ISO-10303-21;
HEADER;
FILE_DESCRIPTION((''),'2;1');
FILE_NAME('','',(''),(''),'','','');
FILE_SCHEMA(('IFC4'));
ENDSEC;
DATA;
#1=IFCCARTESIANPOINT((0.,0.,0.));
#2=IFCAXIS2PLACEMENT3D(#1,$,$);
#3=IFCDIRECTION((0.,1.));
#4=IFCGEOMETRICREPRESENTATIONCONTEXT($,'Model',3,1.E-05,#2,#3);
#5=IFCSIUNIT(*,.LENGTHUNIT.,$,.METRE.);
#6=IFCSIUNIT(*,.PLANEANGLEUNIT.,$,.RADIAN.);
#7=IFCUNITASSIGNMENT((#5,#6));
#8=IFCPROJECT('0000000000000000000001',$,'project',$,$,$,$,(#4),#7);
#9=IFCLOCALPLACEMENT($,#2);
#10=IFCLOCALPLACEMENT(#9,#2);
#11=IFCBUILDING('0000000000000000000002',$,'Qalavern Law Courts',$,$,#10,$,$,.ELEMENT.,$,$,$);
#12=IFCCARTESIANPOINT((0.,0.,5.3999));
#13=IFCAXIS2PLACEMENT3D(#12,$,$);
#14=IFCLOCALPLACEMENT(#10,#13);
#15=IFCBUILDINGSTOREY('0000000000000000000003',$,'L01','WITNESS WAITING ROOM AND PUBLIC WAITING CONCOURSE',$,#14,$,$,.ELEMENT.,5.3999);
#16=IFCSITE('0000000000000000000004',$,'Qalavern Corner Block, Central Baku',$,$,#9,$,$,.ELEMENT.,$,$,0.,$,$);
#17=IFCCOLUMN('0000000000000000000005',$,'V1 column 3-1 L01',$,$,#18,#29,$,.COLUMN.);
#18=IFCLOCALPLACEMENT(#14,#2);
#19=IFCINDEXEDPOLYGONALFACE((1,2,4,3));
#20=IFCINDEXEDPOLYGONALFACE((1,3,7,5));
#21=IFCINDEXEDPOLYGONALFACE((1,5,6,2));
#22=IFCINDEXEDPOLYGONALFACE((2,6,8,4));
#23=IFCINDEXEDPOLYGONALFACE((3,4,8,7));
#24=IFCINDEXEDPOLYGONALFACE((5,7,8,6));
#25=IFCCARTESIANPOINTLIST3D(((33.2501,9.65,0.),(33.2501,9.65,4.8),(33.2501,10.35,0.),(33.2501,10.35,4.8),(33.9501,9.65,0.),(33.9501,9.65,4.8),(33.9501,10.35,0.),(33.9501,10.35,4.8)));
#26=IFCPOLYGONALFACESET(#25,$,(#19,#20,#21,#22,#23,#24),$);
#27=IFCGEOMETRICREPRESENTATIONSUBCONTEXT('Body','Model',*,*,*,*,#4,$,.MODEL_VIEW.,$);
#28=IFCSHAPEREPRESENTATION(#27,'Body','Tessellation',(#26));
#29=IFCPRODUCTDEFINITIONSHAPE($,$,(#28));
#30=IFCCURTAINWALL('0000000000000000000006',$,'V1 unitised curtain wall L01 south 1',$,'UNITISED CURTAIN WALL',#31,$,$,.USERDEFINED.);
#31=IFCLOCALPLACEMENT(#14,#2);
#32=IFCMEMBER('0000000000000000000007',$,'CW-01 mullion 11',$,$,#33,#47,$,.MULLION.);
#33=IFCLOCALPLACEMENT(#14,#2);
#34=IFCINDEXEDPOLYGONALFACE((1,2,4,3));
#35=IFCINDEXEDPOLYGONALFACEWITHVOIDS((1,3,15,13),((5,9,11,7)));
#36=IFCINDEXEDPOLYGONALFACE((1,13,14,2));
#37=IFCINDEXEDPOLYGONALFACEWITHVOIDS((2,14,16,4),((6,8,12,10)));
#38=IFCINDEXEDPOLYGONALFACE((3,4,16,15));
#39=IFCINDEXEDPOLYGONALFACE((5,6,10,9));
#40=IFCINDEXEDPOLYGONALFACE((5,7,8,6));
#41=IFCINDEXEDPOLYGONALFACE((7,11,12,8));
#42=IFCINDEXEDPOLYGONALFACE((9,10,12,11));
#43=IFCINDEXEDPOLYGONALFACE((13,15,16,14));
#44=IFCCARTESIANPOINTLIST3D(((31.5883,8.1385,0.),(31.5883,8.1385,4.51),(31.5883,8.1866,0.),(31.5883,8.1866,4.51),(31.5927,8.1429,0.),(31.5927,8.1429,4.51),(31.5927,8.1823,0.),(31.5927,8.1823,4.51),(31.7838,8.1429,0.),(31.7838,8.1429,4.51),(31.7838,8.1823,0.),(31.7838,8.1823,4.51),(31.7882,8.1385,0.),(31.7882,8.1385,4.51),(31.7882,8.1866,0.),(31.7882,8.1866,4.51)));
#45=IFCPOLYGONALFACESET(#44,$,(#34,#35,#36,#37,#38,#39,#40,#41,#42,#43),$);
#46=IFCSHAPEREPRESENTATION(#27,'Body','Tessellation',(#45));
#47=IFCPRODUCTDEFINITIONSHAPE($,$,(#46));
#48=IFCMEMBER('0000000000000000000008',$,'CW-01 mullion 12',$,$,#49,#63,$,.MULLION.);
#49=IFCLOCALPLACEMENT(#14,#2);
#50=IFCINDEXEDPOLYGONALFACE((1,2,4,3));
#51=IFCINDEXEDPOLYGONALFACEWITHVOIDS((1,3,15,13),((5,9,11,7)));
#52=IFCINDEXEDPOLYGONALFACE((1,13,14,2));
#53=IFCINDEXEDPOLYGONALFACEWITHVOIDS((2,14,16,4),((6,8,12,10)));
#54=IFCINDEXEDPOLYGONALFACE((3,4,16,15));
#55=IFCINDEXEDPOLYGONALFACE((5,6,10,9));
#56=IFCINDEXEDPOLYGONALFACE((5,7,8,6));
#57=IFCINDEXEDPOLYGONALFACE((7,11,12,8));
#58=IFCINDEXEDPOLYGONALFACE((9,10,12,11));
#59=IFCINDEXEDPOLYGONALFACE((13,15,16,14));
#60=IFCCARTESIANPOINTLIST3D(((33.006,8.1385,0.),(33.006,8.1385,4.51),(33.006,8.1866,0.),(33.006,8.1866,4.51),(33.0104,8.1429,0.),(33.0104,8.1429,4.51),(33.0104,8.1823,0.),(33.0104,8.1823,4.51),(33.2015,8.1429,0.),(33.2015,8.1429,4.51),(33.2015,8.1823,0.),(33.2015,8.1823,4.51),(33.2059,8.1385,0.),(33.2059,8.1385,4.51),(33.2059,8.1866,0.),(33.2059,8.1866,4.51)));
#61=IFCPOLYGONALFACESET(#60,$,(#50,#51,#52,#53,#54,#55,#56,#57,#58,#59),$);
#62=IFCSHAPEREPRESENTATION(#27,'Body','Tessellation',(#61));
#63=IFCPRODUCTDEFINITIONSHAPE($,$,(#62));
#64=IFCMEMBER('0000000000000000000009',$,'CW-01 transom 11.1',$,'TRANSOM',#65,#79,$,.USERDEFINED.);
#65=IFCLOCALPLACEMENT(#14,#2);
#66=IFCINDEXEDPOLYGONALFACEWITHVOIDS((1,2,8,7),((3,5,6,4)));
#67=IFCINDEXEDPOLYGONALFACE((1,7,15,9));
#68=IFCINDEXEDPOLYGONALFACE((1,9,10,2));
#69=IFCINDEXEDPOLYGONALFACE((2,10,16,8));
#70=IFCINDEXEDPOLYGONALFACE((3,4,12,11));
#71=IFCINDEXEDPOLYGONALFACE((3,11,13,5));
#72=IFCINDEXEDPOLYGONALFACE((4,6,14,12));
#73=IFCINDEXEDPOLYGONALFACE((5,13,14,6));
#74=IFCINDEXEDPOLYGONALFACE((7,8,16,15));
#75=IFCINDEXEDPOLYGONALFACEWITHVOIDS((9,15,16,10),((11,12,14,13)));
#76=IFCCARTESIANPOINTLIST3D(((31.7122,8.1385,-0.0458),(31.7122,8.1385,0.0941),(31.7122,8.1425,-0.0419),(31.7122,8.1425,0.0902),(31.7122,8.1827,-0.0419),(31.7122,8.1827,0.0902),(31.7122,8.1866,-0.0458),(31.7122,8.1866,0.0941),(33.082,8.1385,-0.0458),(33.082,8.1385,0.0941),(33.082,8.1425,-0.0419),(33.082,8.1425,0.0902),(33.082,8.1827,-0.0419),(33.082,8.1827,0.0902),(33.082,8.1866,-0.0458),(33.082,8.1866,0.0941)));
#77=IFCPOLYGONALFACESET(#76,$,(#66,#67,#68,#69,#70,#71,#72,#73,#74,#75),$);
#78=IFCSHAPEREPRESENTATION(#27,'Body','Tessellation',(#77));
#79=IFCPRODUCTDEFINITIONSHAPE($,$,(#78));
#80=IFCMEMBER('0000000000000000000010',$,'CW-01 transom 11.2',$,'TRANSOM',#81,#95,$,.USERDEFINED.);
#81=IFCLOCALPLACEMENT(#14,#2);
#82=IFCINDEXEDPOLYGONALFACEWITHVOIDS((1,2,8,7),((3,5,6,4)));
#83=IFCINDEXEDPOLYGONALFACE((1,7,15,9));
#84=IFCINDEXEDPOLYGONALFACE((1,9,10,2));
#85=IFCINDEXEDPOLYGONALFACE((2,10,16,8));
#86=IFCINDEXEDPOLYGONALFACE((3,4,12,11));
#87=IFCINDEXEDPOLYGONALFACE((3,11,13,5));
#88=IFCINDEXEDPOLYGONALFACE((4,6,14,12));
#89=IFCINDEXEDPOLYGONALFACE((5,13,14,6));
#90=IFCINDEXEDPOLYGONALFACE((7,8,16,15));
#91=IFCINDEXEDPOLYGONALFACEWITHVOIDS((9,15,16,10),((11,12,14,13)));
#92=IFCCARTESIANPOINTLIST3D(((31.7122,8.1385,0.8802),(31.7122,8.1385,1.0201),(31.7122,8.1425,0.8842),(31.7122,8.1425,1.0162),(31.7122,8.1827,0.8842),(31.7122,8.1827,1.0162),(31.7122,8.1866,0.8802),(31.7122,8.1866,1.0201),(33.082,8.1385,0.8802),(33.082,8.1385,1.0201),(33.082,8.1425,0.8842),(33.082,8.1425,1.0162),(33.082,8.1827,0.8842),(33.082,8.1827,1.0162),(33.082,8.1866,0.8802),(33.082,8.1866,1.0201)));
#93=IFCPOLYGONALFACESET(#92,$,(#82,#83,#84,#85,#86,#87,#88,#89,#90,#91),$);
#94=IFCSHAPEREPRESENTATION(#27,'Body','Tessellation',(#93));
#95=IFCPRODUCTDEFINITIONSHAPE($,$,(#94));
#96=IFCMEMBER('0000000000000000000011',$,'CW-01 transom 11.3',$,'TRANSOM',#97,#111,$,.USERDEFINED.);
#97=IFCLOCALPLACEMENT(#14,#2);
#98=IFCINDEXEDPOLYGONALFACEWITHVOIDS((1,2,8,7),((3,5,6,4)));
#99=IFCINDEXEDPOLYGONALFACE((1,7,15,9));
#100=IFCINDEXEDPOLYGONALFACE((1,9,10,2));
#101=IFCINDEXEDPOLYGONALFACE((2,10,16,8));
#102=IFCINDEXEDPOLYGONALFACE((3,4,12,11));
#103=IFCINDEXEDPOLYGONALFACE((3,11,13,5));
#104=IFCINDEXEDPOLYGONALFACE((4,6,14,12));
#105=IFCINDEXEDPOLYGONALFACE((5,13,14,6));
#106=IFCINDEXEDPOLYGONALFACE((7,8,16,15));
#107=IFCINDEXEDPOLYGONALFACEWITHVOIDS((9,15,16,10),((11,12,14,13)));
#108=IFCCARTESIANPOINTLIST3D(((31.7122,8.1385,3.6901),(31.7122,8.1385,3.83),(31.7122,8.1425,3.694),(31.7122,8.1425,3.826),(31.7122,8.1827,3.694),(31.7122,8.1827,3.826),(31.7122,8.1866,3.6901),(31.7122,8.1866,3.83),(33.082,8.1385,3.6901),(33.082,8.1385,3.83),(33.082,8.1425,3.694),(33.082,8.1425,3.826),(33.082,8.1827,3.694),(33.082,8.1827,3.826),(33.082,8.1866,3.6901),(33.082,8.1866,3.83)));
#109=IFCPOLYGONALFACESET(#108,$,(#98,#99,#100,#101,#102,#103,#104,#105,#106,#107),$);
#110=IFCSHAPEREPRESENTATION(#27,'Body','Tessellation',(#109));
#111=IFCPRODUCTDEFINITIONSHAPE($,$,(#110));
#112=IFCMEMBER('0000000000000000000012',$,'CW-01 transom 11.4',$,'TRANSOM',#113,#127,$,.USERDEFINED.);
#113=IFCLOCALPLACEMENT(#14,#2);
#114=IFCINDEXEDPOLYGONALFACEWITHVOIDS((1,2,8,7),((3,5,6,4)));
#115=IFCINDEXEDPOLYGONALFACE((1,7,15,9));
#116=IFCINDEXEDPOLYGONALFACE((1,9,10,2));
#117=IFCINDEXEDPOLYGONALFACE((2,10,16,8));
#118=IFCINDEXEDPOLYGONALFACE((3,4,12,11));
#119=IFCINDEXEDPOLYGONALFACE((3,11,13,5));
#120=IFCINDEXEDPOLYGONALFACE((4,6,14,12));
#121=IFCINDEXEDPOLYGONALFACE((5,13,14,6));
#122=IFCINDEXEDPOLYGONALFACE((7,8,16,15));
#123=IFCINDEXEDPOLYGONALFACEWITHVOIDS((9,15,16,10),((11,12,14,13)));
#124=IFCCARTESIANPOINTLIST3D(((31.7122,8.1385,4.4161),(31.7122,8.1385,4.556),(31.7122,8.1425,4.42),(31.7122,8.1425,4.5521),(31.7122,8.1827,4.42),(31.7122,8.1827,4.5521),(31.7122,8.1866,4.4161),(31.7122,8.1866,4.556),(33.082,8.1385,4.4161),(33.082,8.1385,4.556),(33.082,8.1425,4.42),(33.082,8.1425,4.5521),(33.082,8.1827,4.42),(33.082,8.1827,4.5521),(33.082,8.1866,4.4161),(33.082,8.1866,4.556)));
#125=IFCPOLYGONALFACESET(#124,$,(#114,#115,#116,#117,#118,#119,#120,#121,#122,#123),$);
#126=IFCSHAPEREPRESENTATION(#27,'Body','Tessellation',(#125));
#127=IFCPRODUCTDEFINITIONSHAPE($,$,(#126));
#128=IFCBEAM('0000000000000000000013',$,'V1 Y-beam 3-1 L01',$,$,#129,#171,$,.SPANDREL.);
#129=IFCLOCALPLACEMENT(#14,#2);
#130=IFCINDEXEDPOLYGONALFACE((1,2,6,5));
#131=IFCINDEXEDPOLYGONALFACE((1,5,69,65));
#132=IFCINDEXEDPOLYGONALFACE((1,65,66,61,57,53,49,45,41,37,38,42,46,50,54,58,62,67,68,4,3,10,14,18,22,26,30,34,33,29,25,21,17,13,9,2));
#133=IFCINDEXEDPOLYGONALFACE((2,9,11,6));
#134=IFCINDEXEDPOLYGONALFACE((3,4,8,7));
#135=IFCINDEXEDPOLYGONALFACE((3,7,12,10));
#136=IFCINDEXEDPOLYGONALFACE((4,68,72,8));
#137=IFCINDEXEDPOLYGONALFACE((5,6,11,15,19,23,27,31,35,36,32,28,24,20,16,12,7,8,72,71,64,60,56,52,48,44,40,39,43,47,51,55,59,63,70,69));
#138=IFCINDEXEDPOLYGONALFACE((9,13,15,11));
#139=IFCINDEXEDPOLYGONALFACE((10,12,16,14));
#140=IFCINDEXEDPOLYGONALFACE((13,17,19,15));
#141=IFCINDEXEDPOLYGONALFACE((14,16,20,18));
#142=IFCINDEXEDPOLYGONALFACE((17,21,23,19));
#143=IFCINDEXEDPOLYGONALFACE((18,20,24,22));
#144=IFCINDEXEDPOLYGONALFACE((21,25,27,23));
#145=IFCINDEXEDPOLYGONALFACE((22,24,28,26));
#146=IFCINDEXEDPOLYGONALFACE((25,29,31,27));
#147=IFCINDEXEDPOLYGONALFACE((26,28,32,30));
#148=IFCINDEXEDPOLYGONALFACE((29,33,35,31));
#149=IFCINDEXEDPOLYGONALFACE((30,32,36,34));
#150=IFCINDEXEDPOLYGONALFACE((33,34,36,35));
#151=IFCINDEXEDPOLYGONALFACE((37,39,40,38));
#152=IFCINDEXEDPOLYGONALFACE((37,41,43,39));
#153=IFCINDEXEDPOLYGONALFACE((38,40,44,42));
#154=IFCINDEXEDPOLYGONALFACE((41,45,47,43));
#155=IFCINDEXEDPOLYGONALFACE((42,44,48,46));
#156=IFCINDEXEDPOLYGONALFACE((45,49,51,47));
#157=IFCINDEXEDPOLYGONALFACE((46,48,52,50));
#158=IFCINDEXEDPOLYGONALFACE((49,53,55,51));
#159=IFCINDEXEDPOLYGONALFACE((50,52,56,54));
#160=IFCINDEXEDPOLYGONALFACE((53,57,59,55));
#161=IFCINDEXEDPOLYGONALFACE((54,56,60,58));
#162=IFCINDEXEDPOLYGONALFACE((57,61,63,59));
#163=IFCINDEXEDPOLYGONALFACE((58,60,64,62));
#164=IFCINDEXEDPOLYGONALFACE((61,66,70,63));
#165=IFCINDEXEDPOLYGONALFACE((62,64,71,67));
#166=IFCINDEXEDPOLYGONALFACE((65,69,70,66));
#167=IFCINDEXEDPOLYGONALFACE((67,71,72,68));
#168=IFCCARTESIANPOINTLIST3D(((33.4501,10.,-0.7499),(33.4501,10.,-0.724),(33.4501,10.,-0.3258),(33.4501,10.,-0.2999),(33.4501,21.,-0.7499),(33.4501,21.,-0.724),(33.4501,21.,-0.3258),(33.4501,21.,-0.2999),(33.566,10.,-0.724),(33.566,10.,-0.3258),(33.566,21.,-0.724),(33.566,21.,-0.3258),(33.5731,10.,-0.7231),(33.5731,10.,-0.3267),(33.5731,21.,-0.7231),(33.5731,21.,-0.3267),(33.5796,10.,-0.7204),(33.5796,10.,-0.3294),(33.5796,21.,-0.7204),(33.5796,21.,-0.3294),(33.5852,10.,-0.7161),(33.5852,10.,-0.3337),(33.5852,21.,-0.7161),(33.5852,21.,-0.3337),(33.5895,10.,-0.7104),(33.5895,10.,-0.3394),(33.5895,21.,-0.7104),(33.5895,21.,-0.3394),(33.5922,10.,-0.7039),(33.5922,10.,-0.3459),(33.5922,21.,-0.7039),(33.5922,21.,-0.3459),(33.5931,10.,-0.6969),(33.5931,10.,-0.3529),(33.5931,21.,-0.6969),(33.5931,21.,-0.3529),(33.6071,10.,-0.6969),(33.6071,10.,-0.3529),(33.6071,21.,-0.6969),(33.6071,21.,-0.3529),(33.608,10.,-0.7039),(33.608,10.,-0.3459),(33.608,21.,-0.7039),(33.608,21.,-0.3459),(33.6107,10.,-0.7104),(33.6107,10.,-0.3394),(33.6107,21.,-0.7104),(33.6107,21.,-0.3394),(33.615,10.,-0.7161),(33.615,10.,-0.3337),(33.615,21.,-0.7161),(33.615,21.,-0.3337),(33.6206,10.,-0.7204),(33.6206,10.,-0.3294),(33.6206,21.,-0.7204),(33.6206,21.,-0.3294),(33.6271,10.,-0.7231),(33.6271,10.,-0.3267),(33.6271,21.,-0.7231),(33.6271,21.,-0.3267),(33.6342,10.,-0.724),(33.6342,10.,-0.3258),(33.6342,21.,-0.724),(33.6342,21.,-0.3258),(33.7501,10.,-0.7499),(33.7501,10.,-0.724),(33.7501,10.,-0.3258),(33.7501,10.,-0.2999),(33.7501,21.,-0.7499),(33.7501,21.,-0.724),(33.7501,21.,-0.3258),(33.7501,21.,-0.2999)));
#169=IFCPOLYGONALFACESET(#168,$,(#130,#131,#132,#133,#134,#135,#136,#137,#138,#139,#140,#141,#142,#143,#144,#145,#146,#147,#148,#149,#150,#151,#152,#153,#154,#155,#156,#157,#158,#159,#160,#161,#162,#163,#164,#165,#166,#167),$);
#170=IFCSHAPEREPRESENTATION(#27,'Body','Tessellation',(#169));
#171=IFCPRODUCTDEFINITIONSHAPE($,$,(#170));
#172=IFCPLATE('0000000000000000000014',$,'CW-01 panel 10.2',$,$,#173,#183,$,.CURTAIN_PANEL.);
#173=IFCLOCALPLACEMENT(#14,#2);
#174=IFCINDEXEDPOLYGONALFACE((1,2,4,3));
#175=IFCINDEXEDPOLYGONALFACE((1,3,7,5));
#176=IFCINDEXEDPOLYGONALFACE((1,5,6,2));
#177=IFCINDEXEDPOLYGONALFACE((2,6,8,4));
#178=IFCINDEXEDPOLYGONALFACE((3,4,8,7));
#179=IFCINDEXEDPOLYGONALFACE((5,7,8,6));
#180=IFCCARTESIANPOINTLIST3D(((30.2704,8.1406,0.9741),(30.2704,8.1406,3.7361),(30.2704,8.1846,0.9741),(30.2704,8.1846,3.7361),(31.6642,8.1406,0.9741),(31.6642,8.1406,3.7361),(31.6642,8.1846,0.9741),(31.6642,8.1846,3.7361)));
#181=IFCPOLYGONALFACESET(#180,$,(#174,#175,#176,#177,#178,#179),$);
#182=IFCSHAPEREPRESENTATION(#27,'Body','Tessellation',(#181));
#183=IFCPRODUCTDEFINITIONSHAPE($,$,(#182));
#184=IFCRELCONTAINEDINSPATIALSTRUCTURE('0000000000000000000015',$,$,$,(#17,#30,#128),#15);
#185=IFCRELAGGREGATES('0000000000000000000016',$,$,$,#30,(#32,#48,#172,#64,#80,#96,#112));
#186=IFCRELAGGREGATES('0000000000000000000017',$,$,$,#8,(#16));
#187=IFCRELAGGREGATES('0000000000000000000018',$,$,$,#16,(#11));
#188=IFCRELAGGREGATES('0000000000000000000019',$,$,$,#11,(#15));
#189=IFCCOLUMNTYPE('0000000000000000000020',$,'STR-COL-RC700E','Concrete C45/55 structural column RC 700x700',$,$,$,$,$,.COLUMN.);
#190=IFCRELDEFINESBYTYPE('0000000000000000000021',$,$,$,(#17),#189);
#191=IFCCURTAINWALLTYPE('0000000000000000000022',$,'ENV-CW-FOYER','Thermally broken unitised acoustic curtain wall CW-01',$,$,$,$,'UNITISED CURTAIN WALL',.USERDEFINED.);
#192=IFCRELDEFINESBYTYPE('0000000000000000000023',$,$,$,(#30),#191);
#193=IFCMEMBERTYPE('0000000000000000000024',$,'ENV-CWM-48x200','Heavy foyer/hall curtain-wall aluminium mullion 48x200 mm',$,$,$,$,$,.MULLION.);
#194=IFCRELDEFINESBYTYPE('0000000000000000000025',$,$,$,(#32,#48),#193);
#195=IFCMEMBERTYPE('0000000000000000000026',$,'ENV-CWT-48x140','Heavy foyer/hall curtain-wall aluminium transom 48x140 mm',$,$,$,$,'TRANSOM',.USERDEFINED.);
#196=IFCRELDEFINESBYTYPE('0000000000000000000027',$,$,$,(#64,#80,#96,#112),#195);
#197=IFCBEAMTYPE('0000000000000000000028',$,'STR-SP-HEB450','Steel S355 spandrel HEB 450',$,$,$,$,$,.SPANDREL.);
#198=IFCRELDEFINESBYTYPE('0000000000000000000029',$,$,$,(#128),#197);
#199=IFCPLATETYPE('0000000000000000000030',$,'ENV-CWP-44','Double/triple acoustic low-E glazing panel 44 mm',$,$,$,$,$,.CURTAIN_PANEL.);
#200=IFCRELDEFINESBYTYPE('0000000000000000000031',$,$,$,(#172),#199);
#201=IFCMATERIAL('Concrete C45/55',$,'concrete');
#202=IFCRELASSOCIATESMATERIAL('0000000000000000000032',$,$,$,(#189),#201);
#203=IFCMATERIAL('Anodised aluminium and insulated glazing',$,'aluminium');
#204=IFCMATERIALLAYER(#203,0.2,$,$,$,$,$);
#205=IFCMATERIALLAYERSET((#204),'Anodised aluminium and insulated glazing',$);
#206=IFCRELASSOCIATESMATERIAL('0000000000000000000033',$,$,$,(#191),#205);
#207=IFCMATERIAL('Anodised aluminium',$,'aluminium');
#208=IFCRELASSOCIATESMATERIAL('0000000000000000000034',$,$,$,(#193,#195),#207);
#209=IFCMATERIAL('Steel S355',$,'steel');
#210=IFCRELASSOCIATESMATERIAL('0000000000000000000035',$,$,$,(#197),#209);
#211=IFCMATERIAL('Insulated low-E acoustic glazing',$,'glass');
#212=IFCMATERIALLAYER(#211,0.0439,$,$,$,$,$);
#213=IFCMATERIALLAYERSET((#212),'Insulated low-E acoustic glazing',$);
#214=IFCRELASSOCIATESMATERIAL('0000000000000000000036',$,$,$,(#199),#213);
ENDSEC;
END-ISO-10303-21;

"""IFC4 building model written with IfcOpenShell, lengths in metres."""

from ifc_helpers import new_model, si_unit, direction, frame, origin, origin_2d, place, context, subcontext, project, spatial, rectangle, hollow_rectangle, i_section, extrude, material, layer, layer_set, material_profile, profile_set, type_object, element, aggregate, save


model = new_model("IFC4")

# Units and contexts
model_context = context("Model", 3, precision=1e-05, world=origin(), true_north=direction((0.0, 1.0)))
body_context = subcontext(model_context, "Body", "Model", "MODEL_VIEW")
ifc_project = project(units=[si_unit("LENGTHUNIT", "METRE"), si_unit("PLANEANGLEUNIT", "RADIAN")], contexts=[model_context])

# Site, building, storey
site_placement = place(None, origin())
site = spatial("IfcSite", under=ifc_project, at=site_placement, Name="Qalavern Corner Block, Central Baku", CompositionType="ELEMENT", RefElevation=0.0)
building_placement = place(site_placement, origin())
building = spatial("IfcBuilding", under=site, at=building_placement, Name="Qalavern Law Courts", CompositionType="ELEMENT")
storey_placement = place(building_placement, frame((0.0, 0.0, 5.3999)))
storey = spatial("IfcBuildingStorey", under=building, at=storey_placement, Name="L01", Description="WITNESS WAITING ROOM AND PUBLIC WAITING CONCOURSE", CompositionType="ELEMENT", Elevation=5.3999)

# Column
ifc_material_1 = material(Name="Concrete C45/55", Category="concrete")
ifc_material_profile_1 = material_profile(ifc_material_1, rectangle(XDim=0.7, YDim=0.7, at=origin_2d()), Name="RC 700x700")
ifc_profile_set_1 = profile_set([ifc_material_profile_1], Name="Concrete C45/55")
column_type = type_object("IfcColumnType", Name="STR-COL-RC700E", Description="Concrete C45/55 structural column RC 700x700", PredefinedType="COLUMN", material=ifc_profile_set_1)
column_placement = place(storey_placement, frame((33.6001, 10.0, 0.0), z_axis=(0.0, 0.0, 1.0), x_axis=(1.0, 0.0, 0.0)))
element("IfcColumn", 1, at=column_placement, inside=storey, type_object=column_type, Name="V1 column 3-1 L01", PredefinedType="COLUMN", context=body_context, shape_type="SweptSolid", body=[
    extrude(rectangle(XDim=0.7, YDim=0.7, at=origin_2d()), origin(), (0.0, 0.0, 1.0), 4.8),
])

# Curtain wall, members
ifc_material_2 = material(Name="Anodised aluminium and insulated glazing", Category="aluminium")
ifc_layer_1 = layer(ifc_material_2, 0.2)
ifc_layer_set_1 = layer_set([ifc_layer_1], Name="Anodised aluminium and insulated glazing")
curtain_wall_type = type_object("IfcCurtainWallType", Name="ENV-CW-FOYER", Description="Thermally broken unitised acoustic curtain wall CW-01", ElementType="UNITISED CURTAIN WALL", PredefinedType="USERDEFINED", material=ifc_layer_set_1)
curtain_wall_placement = place(storey_placement, origin())
curtain_wall = element("IfcCurtainWall", 2, at=curtain_wall_placement, inside=storey, type_object=curtain_wall_type, Name="V1 unitised curtain wall L01 south 1", ObjectType="UNITISED CURTAIN WALL", PredefinedType="USERDEFINED")
ifc_material_3 = material(Name="Anodised aluminium", Category="aluminium")
ifc_material_profile_2 = material_profile(ifc_material_3, hollow_rectangle(XDim=0.0481, YDim=0.2, WallThickness=0.0044, at=origin_2d()), Name="ALU MULLION 48x200")
ifc_profile_set_2 = profile_set([ifc_material_profile_2], Name="Anodised aluminium")
member_type_1 = type_object("IfcMemberType", Name="ENV-CWM-48x200", Description="Heavy foyer/hall curtain-wall aluminium mullion 48x200 mm", PredefinedType="MULLION", material=ifc_profile_set_2)
member_1_placement = place(storey_placement, frame((31.6882, 8.1626, 0.0), z_axis=(0.0, 0.0, 1.0), x_axis=(0.0, 1.0, 0.0)))
member_1 = element("IfcMember", 3, at=member_1_placement, type_object=member_type_1, Name="CW-01 mullion 11", PredefinedType="MULLION", context=body_context, shape_type="SweptSolid", body=[
    extrude(hollow_rectangle(XDim=0.0481, YDim=0.2, WallThickness=0.0044, at=origin_2d()), origin(), (0.0, 0.0, 1.0), 4.51),
])
member_2_placement = place(storey_placement, frame((33.106, 8.1626, 0.0), z_axis=(0.0, 0.0, 1.0), x_axis=(0.0, 1.0, 0.0)))
member_2 = element("IfcMember", 4, at=member_2_placement, type_object=member_type_1, Name="CW-01 mullion 12", PredefinedType="MULLION", context=body_context, shape_type="SweptSolid", body=[
    extrude(hollow_rectangle(XDim=0.0481, YDim=0.2, WallThickness=0.0044, at=origin_2d()), origin(), (0.0, 0.0, 1.0), 4.51),
])
ifc_material_profile_3 = material_profile(ifc_material_3, hollow_rectangle(XDim=0.0481, YDim=0.1399, WallThickness=0.0039, at=origin_2d()), Name="ALU TRANSOM 48x140")
ifc_profile_set_3 = profile_set([ifc_material_profile_3], Name="Anodised aluminium")
member_type_2 = type_object("IfcMemberType", Name="ENV-CWT-48x140", Description="Heavy foyer/hall curtain-wall aluminium transom 48x140 mm", ElementType="TRANSOM", PredefinedType="USERDEFINED", material=ifc_profile_set_3)
member_3_placement = place(storey_placement, frame((31.7122, 8.1626, 0.0242), z_axis=(1.0, 0.0, 0.0), x_axis=(0.0, 1.0, 0.0)))
member_3 = element("IfcMember", 5, at=member_3_placement, type_object=member_type_2, Name="CW-01 transom 11.1", ObjectType="TRANSOM", PredefinedType="USERDEFINED", context=body_context, shape_type="SweptSolid", body=[
    extrude(hollow_rectangle(XDim=0.0481, YDim=0.1399, WallThickness=0.0039, at=origin_2d()), origin(), (0.0, 0.0, 1.0), 1.3699),
])
member_4_placement = place(storey_placement, frame((31.7122, 8.1626, 0.9502), z_axis=(1.0, 0.0, 0.0), x_axis=(0.0, 1.0, 0.0)))
member_4 = element("IfcMember", 6, at=member_4_placement, type_object=member_type_2, Name="CW-01 transom 11.2", ObjectType="TRANSOM", PredefinedType="USERDEFINED", context=body_context, shape_type="SweptSolid", body=[
    extrude(hollow_rectangle(XDim=0.0481, YDim=0.1399, WallThickness=0.0039, at=origin_2d()), origin(), (0.0, 0.0, 1.0), 1.3699),
])
member_5_placement = place(storey_placement, frame((31.7122, 8.1626, 3.76), z_axis=(1.0, 0.0, 0.0), x_axis=(0.0, 1.0, 0.0)))
member_5 = element("IfcMember", 7, at=member_5_placement, type_object=member_type_2, Name="CW-01 transom 11.3", ObjectType="TRANSOM", PredefinedType="USERDEFINED", context=body_context, shape_type="SweptSolid", body=[
    extrude(hollow_rectangle(XDim=0.0481, YDim=0.1399, WallThickness=0.0039, at=origin_2d()), origin(), (0.0, 0.0, 1.0), 1.3699),
])
member_6_placement = place(storey_placement, frame((31.7122, 8.1626, 4.4861), z_axis=(1.0, 0.0, 0.0), x_axis=(0.0, 1.0, 0.0)))
member_6 = element("IfcMember", 8, at=member_6_placement, type_object=member_type_2, Name="CW-01 transom 11.4", ObjectType="TRANSOM", PredefinedType="USERDEFINED", context=body_context, shape_type="SweptSolid", body=[
    extrude(hollow_rectangle(XDim=0.0481, YDim=0.1399, WallThickness=0.0039, at=origin_2d()), origin(), (0.0, 0.0, 1.0), 1.3699),
])

# Beam
ifc_material_4 = material(Name="Steel S355", Category="steel")
ifc_material_profile_4 = material_profile(ifc_material_4, i_section(OverallWidth=0.3, OverallDepth=0.45, WebThickness=0.0139, FlangeThickness=0.0259, FilletRadius=0.0271, at=origin_2d()), Name="HEB 450")
ifc_profile_set_4 = profile_set([ifc_material_profile_4], Name="Steel S355")
beam_type = type_object("IfcBeamType", Name="STR-SP-HEB450", Description="Steel S355 spandrel HEB 450", PredefinedType="SPANDREL", material=ifc_profile_set_4)
beam_placement = place(storey_placement, frame((33.6001, 10.0, -0.5249), z_axis=(0.0, 1.0, 0.0), x_axis=(-1.0, 0.0, 0.0)))
element("IfcBeam", 9, at=beam_placement, inside=storey, type_object=beam_type, Name="V1 Y-beam 3-1 L01", PredefinedType="SPANDREL", context=body_context, shape_type="SweptSolid", body=[
    extrude(i_section(OverallWidth=0.3, OverallDepth=0.45, WebThickness=0.0139, FlangeThickness=0.0259, FilletRadius=0.0271, at=origin_2d()), origin(), (0.0, 0.0, 1.0), 11.0),
])

# Plate
ifc_material_5 = material(Name="Insulated low-E acoustic glazing", Category="glass")
ifc_layer_2 = layer(ifc_material_5, 0.0439)
ifc_layer_set_2 = layer_set([ifc_layer_2], Name="Insulated low-E acoustic glazing")
plate_type = type_object("IfcPlateType", Name="ENV-CWP-44", Description="Double/triple acoustic low-E glazing panel 44 mm", PredefinedType="CURTAIN_PANEL", material=ifc_layer_set_2)
plate_1_placement = place(storey_placement, frame((30.9673, 8.1626, 0.9741), z_axis=(0.0, 0.0, 1.0), x_axis=(1.0, 0.0, 0.0)))
plate_1 = element("IfcPlate", 10, at=plate_1_placement, type_object=plate_type, Name="CW-01 panel 10.2", PredefinedType="CURTAIN_PANEL", context=body_context, shape_type="SweptSolid", body=[
    extrude(rectangle(XDim=1.3938, YDim=0.0439, at=origin_2d()), origin(), (0.0, 0.0, 1.0), 2.762),
])
aggregate(curtain_wall, [member_1, member_2, plate_1, member_3, member_4, member_5, member_6])

save(model, "model.ifc")
